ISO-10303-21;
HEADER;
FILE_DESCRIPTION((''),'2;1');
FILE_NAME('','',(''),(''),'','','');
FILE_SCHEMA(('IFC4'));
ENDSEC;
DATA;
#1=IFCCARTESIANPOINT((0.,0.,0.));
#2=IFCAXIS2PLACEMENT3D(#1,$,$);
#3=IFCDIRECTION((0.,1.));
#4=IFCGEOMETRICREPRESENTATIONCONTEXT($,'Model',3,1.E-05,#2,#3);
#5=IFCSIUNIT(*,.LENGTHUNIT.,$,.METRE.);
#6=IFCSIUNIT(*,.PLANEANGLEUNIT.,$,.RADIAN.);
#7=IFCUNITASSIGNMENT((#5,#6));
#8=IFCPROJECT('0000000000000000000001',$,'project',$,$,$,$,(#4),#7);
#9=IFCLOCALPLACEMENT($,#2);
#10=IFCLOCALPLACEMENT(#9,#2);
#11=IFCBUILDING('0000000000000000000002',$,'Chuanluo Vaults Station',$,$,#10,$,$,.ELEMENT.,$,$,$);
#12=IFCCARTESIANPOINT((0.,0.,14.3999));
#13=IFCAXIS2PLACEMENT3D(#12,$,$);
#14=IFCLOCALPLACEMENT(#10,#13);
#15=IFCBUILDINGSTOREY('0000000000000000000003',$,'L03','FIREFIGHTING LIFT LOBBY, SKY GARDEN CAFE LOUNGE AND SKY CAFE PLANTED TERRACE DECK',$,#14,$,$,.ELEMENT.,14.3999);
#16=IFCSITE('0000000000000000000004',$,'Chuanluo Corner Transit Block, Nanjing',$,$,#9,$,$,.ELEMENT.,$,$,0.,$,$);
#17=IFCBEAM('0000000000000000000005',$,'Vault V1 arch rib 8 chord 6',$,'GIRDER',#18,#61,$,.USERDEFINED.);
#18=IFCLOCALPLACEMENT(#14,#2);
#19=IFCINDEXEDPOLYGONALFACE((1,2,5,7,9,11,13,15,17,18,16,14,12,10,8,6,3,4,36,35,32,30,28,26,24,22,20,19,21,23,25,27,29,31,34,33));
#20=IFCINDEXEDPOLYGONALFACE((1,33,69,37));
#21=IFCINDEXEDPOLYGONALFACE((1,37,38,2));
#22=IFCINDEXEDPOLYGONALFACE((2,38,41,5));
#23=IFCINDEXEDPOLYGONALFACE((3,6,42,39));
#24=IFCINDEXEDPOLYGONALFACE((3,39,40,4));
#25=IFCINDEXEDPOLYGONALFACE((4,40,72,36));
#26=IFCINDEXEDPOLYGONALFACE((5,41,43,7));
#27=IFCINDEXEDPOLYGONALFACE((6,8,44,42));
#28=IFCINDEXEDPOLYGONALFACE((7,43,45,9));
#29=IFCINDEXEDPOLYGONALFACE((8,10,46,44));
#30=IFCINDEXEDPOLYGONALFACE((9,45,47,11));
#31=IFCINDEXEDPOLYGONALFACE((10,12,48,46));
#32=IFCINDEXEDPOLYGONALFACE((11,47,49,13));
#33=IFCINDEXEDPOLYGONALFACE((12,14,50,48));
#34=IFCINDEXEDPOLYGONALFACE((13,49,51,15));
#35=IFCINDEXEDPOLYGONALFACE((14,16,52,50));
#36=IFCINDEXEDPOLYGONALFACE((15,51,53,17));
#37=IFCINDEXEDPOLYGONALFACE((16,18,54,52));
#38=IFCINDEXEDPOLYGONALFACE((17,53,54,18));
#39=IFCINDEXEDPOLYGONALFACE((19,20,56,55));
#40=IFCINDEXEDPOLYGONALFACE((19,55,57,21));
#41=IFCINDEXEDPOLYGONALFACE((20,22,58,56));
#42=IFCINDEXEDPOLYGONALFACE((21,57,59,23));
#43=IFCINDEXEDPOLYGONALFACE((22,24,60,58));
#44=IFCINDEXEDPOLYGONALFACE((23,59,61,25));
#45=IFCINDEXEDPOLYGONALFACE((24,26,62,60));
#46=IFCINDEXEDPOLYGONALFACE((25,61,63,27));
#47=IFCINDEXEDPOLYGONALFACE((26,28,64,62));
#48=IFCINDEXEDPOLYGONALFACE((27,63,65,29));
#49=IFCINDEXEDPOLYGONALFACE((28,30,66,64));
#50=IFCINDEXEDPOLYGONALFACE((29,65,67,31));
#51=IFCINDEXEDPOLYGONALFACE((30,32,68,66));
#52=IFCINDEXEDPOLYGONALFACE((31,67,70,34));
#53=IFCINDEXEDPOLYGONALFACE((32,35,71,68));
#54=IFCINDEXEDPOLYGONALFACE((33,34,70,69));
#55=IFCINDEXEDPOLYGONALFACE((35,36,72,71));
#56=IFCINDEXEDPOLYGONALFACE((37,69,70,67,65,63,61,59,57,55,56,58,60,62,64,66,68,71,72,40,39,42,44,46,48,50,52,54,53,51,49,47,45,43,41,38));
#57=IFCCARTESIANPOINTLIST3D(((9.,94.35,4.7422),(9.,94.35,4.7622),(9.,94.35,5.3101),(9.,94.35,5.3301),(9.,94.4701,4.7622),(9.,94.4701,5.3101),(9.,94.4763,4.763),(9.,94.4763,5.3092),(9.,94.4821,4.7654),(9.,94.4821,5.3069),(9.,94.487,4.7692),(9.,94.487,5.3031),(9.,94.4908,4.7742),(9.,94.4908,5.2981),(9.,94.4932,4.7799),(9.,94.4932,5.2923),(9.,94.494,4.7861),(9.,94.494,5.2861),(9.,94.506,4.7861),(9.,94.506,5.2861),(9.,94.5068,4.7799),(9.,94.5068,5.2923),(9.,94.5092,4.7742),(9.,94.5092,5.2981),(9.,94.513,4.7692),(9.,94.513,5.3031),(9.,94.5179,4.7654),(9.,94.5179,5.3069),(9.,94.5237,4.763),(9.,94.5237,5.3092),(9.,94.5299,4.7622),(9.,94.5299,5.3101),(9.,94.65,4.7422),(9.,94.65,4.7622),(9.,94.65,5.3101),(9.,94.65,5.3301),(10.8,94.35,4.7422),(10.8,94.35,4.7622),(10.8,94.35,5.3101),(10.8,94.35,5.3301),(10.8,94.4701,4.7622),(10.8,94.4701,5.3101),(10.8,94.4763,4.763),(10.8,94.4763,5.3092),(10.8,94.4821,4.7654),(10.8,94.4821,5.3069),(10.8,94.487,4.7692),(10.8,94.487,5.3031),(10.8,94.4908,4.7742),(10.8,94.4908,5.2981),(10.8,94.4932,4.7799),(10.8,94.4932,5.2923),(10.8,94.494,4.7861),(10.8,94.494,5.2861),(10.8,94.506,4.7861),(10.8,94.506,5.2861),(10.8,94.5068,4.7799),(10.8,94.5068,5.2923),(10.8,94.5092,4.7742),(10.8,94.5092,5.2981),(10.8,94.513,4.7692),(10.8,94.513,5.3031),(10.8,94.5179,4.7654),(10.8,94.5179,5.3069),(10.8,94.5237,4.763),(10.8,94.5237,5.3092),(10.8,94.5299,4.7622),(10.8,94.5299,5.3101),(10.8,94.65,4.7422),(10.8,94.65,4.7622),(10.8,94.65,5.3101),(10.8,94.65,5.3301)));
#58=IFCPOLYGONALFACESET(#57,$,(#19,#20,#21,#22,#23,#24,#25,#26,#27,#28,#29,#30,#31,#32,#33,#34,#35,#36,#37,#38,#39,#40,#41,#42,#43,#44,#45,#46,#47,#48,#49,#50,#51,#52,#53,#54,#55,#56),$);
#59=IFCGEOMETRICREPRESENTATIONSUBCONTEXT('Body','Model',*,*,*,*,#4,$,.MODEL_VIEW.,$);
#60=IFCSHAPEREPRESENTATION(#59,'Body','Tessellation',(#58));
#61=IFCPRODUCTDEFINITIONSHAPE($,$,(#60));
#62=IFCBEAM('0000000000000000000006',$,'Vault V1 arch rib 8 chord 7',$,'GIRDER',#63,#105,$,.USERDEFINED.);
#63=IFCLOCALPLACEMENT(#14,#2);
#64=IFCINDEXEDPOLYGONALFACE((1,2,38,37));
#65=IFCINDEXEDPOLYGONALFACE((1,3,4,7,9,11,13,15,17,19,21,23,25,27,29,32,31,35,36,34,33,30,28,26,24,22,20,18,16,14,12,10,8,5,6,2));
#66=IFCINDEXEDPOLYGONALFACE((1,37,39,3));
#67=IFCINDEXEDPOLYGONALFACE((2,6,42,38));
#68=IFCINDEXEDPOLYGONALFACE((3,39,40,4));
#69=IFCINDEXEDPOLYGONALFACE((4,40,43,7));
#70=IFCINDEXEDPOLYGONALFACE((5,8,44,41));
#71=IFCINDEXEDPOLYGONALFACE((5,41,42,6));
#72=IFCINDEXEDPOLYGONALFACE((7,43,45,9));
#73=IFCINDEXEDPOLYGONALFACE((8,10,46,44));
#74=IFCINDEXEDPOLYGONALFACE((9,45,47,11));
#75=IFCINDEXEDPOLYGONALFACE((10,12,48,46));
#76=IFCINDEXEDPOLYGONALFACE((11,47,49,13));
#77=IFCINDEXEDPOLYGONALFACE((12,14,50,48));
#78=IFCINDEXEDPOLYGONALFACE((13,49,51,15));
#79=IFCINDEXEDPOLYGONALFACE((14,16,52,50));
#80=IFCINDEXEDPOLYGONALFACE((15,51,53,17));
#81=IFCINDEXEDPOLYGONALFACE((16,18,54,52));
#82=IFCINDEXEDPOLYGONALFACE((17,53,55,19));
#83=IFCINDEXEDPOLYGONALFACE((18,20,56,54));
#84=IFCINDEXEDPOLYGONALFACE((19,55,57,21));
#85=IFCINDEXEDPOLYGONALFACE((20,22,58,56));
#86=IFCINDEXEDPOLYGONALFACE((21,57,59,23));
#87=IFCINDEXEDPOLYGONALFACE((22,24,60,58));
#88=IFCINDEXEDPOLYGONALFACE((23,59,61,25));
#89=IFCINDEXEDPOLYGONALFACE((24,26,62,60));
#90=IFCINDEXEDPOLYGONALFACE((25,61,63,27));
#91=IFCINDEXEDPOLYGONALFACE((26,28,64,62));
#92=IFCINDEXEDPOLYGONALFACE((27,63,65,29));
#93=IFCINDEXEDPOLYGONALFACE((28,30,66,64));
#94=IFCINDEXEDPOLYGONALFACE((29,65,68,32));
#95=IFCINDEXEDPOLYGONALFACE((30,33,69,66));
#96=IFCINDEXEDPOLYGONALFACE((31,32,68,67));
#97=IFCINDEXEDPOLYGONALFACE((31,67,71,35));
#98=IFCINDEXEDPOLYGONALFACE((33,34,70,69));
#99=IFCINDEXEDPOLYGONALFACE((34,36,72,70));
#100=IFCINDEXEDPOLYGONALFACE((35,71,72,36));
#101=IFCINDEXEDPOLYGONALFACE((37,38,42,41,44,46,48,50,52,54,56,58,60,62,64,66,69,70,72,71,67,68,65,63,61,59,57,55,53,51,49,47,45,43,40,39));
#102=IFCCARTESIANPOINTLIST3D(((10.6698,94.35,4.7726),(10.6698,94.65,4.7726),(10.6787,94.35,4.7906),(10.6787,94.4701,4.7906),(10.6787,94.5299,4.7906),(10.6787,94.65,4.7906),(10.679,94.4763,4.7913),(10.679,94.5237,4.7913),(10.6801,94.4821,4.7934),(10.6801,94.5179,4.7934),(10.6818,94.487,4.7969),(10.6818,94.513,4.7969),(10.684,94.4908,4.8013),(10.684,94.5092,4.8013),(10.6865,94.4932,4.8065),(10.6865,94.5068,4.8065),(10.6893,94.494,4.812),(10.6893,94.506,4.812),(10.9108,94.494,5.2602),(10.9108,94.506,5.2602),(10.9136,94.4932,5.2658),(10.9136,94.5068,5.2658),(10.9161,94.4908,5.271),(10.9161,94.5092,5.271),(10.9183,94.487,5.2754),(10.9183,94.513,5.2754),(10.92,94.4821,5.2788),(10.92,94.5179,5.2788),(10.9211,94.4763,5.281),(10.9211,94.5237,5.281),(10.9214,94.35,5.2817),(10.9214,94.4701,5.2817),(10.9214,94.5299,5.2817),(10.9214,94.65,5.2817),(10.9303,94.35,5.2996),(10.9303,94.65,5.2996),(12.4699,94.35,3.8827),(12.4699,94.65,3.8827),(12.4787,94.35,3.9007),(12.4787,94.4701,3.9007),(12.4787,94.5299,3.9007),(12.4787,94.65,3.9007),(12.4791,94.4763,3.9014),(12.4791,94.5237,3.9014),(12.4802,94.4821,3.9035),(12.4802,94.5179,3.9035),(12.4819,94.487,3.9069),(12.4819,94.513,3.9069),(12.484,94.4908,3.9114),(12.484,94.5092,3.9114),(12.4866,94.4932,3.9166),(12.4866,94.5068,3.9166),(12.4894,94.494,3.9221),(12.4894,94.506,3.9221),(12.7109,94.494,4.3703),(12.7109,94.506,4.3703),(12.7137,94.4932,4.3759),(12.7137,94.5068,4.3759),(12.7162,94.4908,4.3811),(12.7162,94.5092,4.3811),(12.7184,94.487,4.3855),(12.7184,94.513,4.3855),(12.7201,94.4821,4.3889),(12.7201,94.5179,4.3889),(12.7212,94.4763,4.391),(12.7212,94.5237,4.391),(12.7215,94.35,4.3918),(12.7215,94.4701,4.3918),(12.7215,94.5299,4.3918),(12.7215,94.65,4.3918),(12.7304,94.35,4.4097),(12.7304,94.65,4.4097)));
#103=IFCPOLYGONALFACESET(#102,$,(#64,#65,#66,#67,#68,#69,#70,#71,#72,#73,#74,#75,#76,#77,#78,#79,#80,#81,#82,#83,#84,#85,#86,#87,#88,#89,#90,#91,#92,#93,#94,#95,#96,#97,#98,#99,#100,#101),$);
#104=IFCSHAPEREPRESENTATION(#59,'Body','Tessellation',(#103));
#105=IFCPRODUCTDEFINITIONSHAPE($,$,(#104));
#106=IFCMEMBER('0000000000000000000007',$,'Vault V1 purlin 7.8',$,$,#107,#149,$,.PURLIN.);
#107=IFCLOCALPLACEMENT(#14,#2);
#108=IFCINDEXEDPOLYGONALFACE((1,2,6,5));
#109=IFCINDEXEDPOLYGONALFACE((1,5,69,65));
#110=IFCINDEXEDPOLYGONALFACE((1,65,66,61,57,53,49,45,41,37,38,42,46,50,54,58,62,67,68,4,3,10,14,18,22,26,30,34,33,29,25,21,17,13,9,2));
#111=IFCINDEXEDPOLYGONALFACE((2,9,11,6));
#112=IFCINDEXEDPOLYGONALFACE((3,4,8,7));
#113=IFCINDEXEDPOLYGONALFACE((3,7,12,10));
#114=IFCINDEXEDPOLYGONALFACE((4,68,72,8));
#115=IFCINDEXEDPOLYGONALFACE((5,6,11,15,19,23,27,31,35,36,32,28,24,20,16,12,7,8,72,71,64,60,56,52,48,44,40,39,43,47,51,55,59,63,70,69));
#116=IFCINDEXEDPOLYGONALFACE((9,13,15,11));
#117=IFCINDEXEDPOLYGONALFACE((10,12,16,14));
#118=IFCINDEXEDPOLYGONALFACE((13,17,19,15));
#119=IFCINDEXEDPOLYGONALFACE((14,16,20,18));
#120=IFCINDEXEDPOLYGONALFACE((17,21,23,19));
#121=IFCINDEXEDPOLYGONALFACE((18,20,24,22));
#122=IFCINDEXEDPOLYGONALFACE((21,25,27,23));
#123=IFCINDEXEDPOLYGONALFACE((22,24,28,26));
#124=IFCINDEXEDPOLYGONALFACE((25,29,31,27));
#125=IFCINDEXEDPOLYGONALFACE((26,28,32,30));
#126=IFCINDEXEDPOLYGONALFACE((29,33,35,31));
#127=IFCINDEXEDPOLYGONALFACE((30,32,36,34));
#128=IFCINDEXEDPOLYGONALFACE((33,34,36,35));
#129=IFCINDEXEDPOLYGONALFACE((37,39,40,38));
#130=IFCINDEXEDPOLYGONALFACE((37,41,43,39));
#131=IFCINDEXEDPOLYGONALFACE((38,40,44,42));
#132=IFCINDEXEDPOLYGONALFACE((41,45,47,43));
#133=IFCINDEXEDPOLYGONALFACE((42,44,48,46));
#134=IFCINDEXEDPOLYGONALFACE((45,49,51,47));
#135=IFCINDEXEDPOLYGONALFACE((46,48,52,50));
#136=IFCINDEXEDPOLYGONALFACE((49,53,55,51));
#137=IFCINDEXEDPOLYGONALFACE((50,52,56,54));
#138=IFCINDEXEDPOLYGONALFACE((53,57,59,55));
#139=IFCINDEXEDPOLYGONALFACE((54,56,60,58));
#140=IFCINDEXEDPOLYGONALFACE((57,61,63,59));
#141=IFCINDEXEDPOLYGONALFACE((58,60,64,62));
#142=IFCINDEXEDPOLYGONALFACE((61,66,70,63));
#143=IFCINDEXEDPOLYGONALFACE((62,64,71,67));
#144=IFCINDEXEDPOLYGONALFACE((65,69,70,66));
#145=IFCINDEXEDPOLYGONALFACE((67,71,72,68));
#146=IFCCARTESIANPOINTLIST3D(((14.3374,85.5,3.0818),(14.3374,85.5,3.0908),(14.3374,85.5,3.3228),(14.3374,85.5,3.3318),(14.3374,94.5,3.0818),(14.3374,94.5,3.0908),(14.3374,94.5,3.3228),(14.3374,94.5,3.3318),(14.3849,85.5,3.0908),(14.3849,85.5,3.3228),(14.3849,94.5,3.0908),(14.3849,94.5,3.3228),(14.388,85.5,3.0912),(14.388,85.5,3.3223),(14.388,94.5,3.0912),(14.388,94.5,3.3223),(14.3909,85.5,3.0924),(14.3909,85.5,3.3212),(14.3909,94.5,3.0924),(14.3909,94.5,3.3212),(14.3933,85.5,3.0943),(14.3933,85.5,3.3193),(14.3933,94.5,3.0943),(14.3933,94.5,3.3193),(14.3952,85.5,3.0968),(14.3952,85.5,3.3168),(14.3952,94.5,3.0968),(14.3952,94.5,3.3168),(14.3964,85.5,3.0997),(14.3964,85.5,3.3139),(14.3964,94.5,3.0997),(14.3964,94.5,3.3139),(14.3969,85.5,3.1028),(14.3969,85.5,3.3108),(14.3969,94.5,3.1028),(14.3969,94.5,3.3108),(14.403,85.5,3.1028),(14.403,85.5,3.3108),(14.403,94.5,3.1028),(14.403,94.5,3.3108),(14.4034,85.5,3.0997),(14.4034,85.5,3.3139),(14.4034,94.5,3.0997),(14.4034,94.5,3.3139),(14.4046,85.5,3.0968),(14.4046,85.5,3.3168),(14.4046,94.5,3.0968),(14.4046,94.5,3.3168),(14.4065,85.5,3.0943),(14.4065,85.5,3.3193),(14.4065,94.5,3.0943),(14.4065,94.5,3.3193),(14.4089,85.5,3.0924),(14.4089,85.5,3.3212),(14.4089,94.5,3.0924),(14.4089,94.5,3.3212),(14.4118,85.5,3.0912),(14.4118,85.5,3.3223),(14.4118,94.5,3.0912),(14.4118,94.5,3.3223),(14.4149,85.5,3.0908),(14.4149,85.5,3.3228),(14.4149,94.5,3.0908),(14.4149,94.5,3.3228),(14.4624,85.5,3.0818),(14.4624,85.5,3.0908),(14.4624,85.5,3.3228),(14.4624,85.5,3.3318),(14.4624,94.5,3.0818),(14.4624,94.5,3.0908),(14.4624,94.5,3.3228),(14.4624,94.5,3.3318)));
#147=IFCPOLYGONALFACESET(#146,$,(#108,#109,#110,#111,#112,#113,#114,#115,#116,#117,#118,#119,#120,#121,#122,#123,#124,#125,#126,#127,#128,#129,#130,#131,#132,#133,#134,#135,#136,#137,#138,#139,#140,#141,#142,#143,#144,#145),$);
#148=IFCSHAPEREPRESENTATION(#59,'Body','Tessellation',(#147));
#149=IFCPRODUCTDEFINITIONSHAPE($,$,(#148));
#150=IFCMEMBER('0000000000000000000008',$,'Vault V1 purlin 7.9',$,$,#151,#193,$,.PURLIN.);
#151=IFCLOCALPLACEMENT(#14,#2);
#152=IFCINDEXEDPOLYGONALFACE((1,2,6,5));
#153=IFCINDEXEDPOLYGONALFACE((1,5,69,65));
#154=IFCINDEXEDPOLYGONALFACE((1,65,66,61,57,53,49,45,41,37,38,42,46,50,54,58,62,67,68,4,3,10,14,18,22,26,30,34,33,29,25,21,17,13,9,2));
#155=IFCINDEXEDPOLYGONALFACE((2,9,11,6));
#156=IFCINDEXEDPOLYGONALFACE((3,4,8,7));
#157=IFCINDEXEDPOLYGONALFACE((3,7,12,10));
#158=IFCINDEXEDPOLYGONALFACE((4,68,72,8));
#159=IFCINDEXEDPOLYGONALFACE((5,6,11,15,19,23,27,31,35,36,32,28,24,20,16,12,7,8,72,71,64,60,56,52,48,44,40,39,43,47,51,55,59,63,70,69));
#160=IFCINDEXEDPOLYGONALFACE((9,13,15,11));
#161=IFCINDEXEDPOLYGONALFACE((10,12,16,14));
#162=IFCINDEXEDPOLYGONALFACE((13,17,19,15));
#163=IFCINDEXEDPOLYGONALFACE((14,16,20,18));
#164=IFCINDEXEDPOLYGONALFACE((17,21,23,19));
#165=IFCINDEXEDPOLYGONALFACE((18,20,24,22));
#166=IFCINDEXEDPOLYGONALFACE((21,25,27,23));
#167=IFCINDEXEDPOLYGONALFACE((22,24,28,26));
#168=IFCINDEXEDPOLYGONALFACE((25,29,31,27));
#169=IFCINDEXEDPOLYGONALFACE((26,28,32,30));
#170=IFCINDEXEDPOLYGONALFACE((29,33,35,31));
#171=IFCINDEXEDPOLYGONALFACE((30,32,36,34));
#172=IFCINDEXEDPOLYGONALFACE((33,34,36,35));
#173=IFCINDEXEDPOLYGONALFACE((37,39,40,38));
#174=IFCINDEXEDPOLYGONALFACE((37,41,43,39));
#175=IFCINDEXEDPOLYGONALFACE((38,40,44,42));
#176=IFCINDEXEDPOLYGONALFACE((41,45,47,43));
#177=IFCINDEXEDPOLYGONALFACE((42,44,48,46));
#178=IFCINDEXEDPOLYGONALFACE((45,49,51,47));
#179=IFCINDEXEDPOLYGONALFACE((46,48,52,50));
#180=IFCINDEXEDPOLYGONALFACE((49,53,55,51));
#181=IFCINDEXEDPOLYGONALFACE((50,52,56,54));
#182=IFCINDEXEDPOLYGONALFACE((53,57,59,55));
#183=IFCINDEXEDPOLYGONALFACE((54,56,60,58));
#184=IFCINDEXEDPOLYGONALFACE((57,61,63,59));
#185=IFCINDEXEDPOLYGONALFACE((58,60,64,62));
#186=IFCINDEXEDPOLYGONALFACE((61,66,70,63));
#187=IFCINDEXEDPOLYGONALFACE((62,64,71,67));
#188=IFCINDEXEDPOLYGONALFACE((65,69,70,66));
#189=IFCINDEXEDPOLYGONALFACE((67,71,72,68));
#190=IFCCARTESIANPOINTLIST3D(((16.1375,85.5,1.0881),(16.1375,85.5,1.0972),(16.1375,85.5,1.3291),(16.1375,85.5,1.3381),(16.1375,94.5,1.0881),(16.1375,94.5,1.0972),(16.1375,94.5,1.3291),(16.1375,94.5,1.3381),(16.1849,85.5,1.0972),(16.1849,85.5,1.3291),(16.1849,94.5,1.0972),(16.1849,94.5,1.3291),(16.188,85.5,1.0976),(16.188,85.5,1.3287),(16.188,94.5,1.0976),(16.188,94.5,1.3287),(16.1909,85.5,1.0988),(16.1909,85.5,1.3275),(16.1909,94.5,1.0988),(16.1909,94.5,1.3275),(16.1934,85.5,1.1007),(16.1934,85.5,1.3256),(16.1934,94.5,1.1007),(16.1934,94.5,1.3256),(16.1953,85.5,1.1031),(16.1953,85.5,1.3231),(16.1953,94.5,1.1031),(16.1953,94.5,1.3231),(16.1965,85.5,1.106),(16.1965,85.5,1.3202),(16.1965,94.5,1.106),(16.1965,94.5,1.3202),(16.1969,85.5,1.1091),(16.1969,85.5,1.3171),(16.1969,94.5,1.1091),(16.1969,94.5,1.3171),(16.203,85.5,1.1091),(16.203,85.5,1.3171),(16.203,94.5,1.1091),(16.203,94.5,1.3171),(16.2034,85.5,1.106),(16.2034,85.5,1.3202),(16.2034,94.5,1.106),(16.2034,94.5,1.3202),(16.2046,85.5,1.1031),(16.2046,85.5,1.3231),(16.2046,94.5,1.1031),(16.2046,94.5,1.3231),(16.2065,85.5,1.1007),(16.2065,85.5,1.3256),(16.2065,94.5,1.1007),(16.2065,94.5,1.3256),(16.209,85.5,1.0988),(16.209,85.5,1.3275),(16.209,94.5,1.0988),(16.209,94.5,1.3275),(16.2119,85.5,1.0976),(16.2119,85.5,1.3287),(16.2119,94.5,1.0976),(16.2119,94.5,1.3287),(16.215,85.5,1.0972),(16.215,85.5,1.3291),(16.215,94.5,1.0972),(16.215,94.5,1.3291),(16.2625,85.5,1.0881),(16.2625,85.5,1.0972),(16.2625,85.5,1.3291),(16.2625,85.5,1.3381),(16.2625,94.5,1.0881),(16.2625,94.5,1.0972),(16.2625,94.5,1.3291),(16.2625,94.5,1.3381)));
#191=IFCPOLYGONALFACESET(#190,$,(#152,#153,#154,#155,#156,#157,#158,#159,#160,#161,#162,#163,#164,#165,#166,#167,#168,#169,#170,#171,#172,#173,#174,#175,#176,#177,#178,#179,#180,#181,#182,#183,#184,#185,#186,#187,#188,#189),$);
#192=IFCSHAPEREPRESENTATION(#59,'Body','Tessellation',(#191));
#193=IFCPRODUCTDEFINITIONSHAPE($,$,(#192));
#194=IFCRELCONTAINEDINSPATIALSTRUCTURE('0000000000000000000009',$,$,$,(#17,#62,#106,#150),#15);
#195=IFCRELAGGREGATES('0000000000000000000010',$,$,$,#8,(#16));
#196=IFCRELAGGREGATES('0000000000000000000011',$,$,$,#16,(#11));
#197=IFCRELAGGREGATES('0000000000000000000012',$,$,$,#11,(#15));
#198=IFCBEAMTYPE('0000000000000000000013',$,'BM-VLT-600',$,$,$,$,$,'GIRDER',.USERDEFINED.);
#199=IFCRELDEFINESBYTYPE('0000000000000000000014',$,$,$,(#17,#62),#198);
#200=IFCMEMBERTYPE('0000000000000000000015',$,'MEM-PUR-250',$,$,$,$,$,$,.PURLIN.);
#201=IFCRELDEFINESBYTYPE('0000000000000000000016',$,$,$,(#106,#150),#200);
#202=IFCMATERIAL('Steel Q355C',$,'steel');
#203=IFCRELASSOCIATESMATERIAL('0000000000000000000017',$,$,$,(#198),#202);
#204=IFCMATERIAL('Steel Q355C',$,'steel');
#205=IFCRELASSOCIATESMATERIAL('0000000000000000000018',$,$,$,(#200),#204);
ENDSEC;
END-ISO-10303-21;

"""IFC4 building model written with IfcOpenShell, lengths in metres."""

from ifc_helpers import new_model, si_unit, direction, frame, origin, origin_2d, place, context, subcontext, project, spatial, i_section, extrude, material, material_profile, profile_set, type_object, element, save


model = new_model("IFC4")

# Units and contexts
model_context = context("Model", 3, precision=1e-05, world=origin(), true_north=direction((0.0, 1.0)))
body_context = subcontext(model_context, "Body", "Model", "MODEL_VIEW")
ifc_project = project(units=[si_unit("LENGTHUNIT", "METRE"), si_unit("PLANEANGLEUNIT", "RADIAN")], contexts=[model_context])

# Site, building, storey
site_placement = place(None, origin())
site = spatial("IfcSite", under=ifc_project, at=site_placement, Name="Chuanluo Corner Transit Block, Nanjing", CompositionType="ELEMENT", RefElevation=0.0)
building_placement = place(site_placement, origin())
building = spatial("IfcBuilding", under=site, at=building_placement, Name="Chuanluo Vaults Station", CompositionType="ELEMENT")
storey_placement = place(building_placement, frame((0.0, 0.0, 14.3999)))
storey = spatial("IfcBuildingStorey", under=building, at=storey_placement, Name="L03", Description="FIREFIGHTING LIFT LOBBY, SKY GARDEN CAFE LOUNGE AND SKY CAFE PLANTED TERRACE DECK", CompositionType="ELEMENT", Elevation=14.3999)

# Beams
ifc_material_1 = material(Name="Steel Q355C", Category="steel")
ifc_material_profile_1 = material_profile(ifc_material_1, i_section(OverallWidth=0.3, OverallDepth=0.5879, WebThickness=0.012, FlangeThickness=0.02, FilletRadius=0.0239, at=origin_2d()))
ifc_profile_set_1 = profile_set([ifc_material_profile_1], Name="Steel Q355C")
beam_type_1 = type_object("IfcBeamType", Name="BM-VLT-600", ElementType="GIRDER", PredefinedType="USERDEFINED", material=ifc_profile_set_1)
for number, where, z_axis, x_axis, name in (
    (1, (9.0, 94.5, 5.0361), (1.0, 0.0, 0.0), (0.0, 1.0, 0.0), "Vault V1 arch rib 8 chord 6"),
):
    element("IfcBeam", number, at=place(storey_placement, frame(where, z_axis=z_axis, x_axis=x_axis)), inside=storey, type_object=beam_type_1, Name=name, ObjectType="GIRDER", PredefinedType="USERDEFINED", context=body_context, shape_type="SweptSolid", body=[
        extrude(i_section(OverallWidth=0.3, OverallDepth=0.5879, WebThickness=0.012, FlangeThickness=0.02, FilletRadius=0.0239, at=origin_2d()), origin(), (0.0, 0.0, 1.0), 1.8),
    ])
beam_1_placement = place(storey_placement, frame((10.8, 94.5, 5.0361), z_axis=(0.896436, 0.0, -0.443172), x_axis=(0.0, 1.0, 0.0)))
element("IfcBeam", 2, at=beam_1_placement, inside=storey, type_object=beam_type_1, Name="Vault V1 arch rib 8 chord 7", ObjectType="GIRDER", PredefinedType="USERDEFINED", context=body_context, shape_type="SweptSolid", body=[
    extrude(i_section(OverallWidth=0.3, OverallDepth=0.5879, WebThickness=0.012, FlangeThickness=0.02, FilletRadius=0.0239, at=origin_2d()), origin(), (0.0, 0.0, 1.0), 2.0081),
])

# Members
ifc_material_2 = material(Name="Steel Q355C", Category="steel")
ifc_material_profile_2 = material_profile(ifc_material_2, i_section(OverallWidth=0.125, OverallDepth=0.25, WebThickness=0.0061, FlangeThickness=0.009, FilletRadius=0.012, at=origin_2d()))
ifc_profile_set_2 = profile_set([ifc_material_profile_2], Name="Steel Q355C")
member_type_1 = type_object("IfcMemberType", Name="MEM-PUR-250", PredefinedType="PURLIN", material=ifc_profile_set_2)
for number, where, z_axis, x_axis, name in (
    (3, (14.3999, 85.5, 3.2068), (0.0, 1.0, 0.0), (-1.0, 0.0, 0.0), "Vault V1 purlin 7.8"),
    (4, (16.2, 85.5, 1.2131), (0.0, 1.0, 0.0), (-1.0, 0.0, 0.0), "Vault V1 purlin 7.9"),
):
    element("IfcMember", number, at=place(storey_placement, frame(where, z_axis=z_axis, x_axis=x_axis)), inside=storey, type_object=member_type_1, Name=name, PredefinedType="PURLIN", context=body_context, shape_type="SweptSolid", body=[
        extrude(i_section(OverallWidth=0.125, OverallDepth=0.25, WebThickness=0.0061, FlangeThickness=0.009, FilletRadius=0.012, at=origin_2d()), origin(), (0.0, 0.0, 1.0), 9.0),
    ])

save(model, "model.ifc")
